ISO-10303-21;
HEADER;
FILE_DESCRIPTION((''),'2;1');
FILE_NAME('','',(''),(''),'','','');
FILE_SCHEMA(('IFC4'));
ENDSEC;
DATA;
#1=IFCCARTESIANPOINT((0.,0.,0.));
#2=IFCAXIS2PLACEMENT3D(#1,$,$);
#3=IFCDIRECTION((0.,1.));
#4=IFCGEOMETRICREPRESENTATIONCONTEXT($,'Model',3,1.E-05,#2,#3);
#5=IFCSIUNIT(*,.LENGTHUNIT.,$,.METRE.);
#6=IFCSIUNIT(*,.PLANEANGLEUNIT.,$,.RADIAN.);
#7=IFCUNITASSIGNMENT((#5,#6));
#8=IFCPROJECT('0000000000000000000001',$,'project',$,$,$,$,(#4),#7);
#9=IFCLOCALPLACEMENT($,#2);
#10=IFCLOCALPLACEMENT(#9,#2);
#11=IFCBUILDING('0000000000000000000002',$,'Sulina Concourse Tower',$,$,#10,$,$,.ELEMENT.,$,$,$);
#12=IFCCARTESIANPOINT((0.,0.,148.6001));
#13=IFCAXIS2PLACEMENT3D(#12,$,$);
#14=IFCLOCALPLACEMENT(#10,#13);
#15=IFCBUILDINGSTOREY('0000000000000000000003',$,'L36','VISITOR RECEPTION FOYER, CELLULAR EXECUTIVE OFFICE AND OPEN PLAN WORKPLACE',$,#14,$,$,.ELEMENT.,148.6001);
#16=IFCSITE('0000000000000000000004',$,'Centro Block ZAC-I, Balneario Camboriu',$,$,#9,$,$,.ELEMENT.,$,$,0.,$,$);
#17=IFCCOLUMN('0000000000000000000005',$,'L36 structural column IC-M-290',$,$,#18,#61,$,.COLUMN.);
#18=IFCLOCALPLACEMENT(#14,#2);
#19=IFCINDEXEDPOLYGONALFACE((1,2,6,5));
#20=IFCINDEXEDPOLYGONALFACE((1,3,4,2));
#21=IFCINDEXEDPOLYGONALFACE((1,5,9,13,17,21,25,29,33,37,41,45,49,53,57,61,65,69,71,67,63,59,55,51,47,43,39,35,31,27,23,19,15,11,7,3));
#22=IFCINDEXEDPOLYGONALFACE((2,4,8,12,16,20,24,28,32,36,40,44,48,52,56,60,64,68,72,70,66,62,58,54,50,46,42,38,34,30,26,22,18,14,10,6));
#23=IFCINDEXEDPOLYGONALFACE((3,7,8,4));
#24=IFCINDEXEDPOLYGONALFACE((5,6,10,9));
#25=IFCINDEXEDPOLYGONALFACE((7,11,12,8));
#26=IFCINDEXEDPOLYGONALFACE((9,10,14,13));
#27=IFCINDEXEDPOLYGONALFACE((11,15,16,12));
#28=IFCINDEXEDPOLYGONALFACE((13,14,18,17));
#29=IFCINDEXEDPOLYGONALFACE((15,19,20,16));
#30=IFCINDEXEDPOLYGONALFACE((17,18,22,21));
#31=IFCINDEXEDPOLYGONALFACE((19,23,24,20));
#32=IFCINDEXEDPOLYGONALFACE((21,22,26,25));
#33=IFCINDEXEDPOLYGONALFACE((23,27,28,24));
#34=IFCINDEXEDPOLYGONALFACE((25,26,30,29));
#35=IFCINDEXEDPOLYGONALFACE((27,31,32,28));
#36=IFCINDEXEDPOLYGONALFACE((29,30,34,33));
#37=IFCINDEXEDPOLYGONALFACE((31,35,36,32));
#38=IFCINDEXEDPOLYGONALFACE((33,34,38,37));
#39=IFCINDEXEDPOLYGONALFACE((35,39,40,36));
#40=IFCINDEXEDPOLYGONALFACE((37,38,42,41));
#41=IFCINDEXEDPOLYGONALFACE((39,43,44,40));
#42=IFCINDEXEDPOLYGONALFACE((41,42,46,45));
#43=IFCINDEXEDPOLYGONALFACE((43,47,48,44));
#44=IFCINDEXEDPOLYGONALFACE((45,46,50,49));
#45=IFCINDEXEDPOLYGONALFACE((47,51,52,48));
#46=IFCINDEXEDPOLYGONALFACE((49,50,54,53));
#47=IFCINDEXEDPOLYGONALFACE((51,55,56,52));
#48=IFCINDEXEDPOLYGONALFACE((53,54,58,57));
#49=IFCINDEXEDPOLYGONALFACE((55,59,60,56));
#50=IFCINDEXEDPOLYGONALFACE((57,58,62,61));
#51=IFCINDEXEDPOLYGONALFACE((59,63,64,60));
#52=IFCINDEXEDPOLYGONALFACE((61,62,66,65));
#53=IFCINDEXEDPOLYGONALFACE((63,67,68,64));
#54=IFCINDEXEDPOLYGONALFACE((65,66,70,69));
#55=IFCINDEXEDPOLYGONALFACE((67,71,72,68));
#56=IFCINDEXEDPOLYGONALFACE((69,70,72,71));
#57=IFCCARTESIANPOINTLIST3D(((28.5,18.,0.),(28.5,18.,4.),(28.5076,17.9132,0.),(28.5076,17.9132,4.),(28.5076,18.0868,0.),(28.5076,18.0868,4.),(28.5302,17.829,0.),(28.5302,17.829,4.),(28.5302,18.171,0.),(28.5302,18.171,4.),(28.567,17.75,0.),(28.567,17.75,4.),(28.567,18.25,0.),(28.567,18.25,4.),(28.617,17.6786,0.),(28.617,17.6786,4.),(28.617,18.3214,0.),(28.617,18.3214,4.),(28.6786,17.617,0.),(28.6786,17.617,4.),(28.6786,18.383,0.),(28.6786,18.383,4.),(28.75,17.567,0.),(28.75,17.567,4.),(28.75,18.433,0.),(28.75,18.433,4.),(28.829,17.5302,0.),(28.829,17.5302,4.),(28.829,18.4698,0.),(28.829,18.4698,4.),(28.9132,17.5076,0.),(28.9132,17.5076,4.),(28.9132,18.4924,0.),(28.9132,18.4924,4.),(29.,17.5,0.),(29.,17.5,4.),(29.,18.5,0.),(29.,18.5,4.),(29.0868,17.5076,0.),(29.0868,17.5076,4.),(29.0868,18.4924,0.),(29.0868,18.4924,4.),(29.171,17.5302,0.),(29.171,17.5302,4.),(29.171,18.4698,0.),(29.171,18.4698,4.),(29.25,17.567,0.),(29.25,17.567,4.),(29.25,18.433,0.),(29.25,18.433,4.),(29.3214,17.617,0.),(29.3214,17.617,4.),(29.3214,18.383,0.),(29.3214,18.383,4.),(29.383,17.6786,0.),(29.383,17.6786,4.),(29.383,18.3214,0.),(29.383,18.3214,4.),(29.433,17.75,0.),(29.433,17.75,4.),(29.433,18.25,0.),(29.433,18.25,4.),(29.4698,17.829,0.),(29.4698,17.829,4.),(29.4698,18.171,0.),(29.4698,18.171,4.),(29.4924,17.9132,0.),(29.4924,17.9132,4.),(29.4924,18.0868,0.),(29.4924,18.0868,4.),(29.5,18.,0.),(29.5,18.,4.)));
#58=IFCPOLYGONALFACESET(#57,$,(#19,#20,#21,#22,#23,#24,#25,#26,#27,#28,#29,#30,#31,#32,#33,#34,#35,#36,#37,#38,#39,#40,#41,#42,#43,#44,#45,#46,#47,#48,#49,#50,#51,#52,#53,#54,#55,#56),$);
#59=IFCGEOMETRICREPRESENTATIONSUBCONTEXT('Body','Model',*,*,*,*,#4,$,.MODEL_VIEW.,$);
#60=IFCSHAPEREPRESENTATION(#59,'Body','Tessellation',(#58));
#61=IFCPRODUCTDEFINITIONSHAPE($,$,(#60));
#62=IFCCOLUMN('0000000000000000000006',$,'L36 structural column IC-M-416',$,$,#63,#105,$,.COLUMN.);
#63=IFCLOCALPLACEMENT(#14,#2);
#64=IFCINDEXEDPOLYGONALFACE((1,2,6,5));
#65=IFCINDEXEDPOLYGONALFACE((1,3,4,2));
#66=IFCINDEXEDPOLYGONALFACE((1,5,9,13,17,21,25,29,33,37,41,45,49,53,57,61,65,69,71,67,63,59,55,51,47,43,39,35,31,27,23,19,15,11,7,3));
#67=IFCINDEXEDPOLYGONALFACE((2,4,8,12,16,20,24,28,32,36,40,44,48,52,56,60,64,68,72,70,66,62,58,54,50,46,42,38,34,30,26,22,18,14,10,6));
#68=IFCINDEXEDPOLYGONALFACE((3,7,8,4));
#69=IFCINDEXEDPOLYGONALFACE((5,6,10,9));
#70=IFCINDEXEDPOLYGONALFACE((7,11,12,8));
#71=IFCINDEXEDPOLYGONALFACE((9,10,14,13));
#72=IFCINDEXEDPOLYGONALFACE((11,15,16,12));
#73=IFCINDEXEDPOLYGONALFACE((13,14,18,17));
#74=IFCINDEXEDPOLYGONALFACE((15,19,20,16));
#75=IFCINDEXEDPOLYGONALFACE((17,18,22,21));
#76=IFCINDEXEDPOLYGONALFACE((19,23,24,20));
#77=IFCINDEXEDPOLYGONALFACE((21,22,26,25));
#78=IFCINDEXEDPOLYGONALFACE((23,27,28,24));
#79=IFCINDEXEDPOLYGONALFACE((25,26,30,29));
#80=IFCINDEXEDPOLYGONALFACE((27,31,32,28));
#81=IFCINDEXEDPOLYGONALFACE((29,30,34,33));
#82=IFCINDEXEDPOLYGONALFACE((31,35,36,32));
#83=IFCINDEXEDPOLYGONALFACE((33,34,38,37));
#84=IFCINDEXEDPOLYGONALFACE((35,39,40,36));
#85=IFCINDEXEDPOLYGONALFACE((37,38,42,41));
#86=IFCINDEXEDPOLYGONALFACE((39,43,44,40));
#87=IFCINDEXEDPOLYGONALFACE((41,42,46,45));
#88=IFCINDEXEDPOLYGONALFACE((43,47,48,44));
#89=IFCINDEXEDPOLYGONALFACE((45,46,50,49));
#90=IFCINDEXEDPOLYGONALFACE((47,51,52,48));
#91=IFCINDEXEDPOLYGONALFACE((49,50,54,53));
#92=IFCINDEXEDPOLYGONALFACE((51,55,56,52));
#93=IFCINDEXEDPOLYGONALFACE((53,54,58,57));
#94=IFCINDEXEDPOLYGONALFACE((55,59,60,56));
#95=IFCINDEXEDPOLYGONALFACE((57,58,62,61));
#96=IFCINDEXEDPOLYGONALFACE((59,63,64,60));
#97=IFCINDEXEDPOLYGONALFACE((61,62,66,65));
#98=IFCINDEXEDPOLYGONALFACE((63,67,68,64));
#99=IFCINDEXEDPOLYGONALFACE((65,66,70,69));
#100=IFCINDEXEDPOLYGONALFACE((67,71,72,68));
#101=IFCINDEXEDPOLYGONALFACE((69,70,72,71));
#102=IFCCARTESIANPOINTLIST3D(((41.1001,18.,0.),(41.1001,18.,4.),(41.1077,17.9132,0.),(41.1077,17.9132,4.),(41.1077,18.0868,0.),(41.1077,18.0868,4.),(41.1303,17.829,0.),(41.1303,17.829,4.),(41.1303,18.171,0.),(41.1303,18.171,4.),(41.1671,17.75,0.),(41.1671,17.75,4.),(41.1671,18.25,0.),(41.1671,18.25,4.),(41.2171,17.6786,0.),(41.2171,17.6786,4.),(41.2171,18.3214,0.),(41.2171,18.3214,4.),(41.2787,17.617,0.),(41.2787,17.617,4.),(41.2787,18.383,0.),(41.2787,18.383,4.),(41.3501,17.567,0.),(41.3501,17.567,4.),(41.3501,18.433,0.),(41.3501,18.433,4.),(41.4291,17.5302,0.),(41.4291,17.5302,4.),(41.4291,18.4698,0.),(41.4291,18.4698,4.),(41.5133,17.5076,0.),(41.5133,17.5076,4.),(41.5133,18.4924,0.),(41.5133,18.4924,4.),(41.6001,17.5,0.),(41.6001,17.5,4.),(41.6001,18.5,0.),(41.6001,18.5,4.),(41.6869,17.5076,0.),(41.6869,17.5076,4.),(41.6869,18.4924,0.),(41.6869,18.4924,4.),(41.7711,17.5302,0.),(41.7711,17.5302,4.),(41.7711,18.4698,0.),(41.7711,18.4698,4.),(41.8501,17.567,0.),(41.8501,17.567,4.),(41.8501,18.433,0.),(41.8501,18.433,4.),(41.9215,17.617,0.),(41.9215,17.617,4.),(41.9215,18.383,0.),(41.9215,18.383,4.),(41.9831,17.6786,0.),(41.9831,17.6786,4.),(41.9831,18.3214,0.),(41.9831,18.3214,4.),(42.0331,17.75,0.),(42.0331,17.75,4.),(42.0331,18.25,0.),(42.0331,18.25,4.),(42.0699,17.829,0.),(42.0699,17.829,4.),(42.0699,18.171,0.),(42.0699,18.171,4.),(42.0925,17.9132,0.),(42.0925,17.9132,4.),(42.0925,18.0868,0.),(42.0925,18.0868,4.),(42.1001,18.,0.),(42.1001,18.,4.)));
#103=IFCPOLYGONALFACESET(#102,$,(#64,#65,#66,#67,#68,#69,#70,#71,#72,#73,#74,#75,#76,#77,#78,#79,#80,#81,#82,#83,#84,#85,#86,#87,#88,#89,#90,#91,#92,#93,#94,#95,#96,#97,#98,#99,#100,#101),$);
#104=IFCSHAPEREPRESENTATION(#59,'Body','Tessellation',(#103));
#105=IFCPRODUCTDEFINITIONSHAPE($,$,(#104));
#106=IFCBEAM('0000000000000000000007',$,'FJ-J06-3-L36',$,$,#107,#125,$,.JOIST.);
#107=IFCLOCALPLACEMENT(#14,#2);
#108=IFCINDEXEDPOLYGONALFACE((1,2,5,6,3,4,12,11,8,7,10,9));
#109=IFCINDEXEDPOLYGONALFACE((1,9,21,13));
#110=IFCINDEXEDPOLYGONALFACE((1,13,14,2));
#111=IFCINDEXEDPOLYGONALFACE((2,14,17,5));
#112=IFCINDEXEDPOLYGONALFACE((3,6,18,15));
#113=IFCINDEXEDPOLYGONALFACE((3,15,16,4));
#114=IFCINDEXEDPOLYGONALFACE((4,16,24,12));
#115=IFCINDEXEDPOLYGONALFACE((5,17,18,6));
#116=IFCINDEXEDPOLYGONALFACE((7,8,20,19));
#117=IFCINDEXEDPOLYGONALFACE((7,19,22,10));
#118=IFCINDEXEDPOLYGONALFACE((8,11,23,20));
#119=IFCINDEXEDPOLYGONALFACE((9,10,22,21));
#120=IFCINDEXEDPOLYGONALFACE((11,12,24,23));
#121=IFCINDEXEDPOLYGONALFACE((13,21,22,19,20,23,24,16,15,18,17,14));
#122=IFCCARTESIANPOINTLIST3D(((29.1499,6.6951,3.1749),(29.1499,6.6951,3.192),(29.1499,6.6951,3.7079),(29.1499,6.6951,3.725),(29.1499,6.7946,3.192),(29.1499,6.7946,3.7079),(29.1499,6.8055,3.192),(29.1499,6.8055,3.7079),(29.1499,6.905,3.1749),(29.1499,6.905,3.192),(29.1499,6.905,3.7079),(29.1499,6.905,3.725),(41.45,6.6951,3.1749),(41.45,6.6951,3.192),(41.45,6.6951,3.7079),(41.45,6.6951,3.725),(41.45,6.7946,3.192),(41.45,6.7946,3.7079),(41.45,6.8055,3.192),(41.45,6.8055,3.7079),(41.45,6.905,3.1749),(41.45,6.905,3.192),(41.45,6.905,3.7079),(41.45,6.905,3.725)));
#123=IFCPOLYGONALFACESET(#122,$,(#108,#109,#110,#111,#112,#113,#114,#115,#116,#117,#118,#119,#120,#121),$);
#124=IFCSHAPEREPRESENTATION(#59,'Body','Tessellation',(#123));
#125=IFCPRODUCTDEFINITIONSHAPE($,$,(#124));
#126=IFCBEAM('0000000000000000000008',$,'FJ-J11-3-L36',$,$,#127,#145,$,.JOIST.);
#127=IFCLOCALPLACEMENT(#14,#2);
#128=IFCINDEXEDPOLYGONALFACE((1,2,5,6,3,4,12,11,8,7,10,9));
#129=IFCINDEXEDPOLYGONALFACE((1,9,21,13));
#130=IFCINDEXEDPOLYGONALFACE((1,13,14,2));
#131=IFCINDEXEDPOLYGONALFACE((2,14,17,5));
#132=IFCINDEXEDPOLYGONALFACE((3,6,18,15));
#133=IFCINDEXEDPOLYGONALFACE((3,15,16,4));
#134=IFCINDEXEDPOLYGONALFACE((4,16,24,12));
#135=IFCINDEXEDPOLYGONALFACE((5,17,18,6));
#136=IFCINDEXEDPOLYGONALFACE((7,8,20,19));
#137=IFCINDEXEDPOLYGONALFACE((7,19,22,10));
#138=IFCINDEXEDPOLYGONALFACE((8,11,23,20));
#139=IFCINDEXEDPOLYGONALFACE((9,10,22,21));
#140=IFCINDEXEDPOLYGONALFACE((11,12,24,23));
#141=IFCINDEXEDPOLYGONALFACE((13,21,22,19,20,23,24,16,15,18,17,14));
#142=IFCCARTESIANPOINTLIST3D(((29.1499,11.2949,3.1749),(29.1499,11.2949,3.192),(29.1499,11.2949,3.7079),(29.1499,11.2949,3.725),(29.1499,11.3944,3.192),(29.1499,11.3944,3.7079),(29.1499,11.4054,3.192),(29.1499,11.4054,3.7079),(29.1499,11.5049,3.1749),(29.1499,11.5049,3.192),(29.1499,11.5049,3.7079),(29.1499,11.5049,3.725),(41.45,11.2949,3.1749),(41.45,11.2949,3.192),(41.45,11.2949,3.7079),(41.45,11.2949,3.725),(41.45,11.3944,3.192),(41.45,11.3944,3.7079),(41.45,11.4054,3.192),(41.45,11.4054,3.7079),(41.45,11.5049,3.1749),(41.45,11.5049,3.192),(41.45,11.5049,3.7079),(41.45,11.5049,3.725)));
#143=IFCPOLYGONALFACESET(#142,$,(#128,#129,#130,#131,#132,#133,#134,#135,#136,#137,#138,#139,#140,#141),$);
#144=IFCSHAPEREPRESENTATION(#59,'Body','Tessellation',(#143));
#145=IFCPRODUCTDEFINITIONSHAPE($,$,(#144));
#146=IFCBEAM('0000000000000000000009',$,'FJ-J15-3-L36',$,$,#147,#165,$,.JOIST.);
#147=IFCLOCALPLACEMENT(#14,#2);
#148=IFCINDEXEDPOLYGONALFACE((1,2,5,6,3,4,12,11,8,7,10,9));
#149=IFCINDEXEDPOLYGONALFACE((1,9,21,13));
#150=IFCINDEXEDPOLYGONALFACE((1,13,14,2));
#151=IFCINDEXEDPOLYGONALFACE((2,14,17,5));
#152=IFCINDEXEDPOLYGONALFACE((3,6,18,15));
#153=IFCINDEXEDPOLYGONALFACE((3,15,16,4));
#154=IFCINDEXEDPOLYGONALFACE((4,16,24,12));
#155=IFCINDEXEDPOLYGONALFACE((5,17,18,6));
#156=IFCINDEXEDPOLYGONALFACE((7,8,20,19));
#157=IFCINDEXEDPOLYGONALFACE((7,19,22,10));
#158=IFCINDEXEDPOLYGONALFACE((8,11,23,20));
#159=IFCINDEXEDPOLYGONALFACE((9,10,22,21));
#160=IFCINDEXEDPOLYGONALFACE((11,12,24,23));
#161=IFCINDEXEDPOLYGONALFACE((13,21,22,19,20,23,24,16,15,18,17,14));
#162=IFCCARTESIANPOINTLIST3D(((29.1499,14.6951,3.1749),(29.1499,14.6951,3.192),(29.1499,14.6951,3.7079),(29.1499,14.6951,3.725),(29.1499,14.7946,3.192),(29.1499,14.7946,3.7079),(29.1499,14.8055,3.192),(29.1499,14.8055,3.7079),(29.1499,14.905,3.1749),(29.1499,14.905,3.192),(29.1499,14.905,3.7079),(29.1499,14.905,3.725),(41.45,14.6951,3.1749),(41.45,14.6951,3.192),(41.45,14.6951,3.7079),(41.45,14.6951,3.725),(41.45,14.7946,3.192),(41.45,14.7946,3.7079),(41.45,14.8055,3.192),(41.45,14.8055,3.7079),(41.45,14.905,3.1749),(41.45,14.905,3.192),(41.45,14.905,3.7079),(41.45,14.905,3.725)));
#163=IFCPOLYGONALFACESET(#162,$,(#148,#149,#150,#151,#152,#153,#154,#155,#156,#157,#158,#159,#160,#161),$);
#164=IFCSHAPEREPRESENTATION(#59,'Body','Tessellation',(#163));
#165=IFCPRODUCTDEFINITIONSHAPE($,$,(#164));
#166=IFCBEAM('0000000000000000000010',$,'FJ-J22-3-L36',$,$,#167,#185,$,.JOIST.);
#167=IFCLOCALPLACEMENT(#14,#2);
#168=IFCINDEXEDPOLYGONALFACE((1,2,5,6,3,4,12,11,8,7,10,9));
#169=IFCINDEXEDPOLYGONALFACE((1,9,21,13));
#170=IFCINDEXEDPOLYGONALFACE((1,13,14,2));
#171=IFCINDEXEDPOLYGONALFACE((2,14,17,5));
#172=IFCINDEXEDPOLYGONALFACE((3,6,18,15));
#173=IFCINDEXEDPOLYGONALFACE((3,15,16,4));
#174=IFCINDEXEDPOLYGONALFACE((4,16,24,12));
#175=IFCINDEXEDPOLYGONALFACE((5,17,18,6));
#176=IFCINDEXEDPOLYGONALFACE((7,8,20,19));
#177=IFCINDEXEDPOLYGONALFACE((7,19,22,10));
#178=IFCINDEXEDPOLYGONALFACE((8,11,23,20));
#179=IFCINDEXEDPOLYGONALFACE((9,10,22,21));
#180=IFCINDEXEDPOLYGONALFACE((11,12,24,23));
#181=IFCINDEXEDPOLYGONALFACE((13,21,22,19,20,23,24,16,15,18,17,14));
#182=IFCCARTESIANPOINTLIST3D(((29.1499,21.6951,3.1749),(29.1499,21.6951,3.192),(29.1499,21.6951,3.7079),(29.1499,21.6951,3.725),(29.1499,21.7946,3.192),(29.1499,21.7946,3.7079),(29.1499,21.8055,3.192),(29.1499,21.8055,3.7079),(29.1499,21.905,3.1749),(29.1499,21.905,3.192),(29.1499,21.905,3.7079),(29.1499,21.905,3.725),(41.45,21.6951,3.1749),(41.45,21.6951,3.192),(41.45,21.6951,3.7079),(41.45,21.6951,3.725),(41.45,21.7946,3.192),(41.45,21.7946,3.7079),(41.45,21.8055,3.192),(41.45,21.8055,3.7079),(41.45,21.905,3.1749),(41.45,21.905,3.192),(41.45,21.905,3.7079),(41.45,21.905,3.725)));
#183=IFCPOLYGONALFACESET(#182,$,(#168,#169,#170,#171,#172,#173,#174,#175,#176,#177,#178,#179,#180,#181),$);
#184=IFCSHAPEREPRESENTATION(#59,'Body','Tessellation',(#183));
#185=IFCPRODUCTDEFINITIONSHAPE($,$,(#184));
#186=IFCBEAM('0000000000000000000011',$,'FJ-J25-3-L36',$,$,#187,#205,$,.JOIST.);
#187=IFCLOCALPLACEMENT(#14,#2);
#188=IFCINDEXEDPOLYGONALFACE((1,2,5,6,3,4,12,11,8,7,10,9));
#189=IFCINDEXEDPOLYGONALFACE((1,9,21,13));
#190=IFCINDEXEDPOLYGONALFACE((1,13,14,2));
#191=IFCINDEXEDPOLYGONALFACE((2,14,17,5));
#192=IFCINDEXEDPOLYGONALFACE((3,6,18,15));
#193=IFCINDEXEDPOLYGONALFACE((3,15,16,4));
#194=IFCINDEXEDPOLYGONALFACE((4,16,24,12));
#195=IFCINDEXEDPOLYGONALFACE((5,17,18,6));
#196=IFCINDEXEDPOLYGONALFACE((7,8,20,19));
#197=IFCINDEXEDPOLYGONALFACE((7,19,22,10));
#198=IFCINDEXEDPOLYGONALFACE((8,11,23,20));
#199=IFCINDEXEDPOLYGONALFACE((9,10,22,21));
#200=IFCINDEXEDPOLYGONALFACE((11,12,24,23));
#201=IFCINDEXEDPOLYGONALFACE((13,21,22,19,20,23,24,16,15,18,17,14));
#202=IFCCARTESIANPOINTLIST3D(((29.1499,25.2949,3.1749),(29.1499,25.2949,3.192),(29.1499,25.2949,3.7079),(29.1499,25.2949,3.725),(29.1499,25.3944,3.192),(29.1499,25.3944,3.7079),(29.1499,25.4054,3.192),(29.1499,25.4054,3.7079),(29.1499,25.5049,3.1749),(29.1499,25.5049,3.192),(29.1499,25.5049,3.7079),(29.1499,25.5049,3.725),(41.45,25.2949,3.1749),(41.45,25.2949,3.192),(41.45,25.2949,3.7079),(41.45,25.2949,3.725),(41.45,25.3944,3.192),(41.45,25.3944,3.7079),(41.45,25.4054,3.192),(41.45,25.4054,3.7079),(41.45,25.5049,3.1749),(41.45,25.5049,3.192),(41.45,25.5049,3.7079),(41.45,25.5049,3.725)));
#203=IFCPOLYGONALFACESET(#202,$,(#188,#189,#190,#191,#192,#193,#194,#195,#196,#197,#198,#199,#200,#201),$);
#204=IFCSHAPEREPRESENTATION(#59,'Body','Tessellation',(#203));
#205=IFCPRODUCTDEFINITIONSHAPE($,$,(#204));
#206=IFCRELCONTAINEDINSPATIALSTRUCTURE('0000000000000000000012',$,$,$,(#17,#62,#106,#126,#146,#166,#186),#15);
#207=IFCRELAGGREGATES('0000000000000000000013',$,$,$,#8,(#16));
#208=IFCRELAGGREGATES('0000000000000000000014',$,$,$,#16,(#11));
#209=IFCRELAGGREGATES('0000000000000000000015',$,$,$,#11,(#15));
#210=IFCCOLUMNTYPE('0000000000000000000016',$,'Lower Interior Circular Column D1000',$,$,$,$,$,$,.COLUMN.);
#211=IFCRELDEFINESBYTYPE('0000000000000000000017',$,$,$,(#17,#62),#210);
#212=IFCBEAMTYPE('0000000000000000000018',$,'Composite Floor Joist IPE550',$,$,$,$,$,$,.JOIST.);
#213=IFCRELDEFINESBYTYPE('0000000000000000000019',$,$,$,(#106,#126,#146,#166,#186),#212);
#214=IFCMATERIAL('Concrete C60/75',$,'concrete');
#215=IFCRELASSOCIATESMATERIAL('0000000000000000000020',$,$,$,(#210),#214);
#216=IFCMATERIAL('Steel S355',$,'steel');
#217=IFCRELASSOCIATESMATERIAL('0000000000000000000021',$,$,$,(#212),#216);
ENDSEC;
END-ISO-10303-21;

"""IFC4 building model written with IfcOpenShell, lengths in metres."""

from ifc_helpers import new_model, si_unit, direction, frame, origin, origin_2d, place, context, subcontext, project, spatial, circle, i_section, extrude, material, material_profile, profile_set, type_object, element, save


model = new_model("IFC4")

# Units and contexts
model_context = context("Model", 3, precision=1e-05, world=origin(), true_north=direction((0.0, 1.0)))
body_context = subcontext(model_context, "Body", "Model", "MODEL_VIEW")
ifc_project = project(units=[si_unit("LENGTHUNIT", "METRE"), si_unit("PLANEANGLEUNIT", "RADIAN")], contexts=[model_context])

# Site, building, storey
site_placement = place(None, origin())
site = spatial("IfcSite", under=ifc_project, at=site_placement, Name="Centro Block ZAC-I, Balneario Camboriu", CompositionType="ELEMENT", RefElevation=0.0)
building_placement = place(site_placement, origin())
building = spatial("IfcBuilding", under=site, at=building_placement, Name="Sulina Concourse Tower", CompositionType="ELEMENT")
storey_placement = place(building_placement, frame((0.0, 0.0, 148.6001)))
storey = spatial("IfcBuildingStorey", under=building, at=storey_placement, Name="L36", Description="VISITOR RECEPTION FOYER, CELLULAR EXECUTIVE OFFICE AND OPEN PLAN WORKPLACE", CompositionType="ELEMENT", Elevation=148.6001)

# Columns
ifc_material_1 = material(Name="Concrete C60/75", Category="concrete")
ifc_material_profile_1 = material_profile(ifc_material_1, circle(Radius=0.5, at=origin_2d()), Name="RC D1000")
ifc_profile_set_1 = profile_set([ifc_material_profile_1], Name="Concrete C60/75")
column_type = type_object("IfcColumnType", Name="Lower Interior Circular Column D1000", PredefinedType="COLUMN", material=ifc_profile_set_1)
for number, where, z_axis, x_axis, name in (
    (1, (29.0, 18.0, 0.0), (0.0, 0.0, 1.0), (1.0, 0.0, 0.0), "L36 structural column IC-M-290"),
    (2, (41.6001, 18.0, 0.0), (0.0, 0.0, 1.0), (1.0, 0.0, 0.0), "L36 structural column IC-M-416"),
):
    element("IfcColumn", number, at=place(storey_placement, frame(where, z_axis=z_axis, x_axis=x_axis)), inside=storey, type_object=column_type, Name=name, PredefinedType="COLUMN", context=body_context, shape_type="SweptSolid", body=[
        extrude(circle(Radius=0.5, at=origin_2d()), origin(), (0.0, 0.0, 1.0), 4.0),
    ])

# Beams
ifc_material_2 = material(Name="Steel S355", Category="steel")
ifc_material_profile_2 = material_profile(ifc_material_2, i_section(OverallWidth=0.21, OverallDepth=0.55, WebThickness=0.011, FlangeThickness=0.0171, at=origin_2d()), Name="IPE 550")
ifc_profile_set_2 = profile_set([ifc_material_profile_2], Name="Steel S355")
beam_type_1 = type_object("IfcBeamType", Name="Composite Floor Joist IPE550", PredefinedType="JOIST", material=ifc_profile_set_2)
for number, where, z_axis, x_axis, name in (
    (3, (29.1499, 6.8, 3.45), (1.0, 0.0, 0.0), (0.0, 1.0, 0.0), "FJ-J06-3-L36"),
    (4, (29.1499, 11.3999, 3.45), (1.0, 0.0, 0.0), (0.0, 1.0, 0.0), "FJ-J11-3-L36"),
    (5, (29.1499, 14.8, 3.45), (1.0, 0.0, 0.0), (0.0, 1.0, 0.0), "FJ-J15-3-L36"),
    (6, (29.1499, 21.8, 3.45), (1.0, 0.0, 0.0), (0.0, 1.0, 0.0), "FJ-J22-3-L36"),
    (7, (29.1499, 25.3999, 3.45), (1.0, 0.0, 0.0), (0.0, 1.0, 0.0), "FJ-J25-3-L36"),
):
    element("IfcBeam", number, at=place(storey_placement, frame(where, z_axis=z_axis, x_axis=x_axis)), inside=storey, type_object=beam_type_1, Name=name, PredefinedType="JOIST", context=body_context, shape_type="SweptSolid", body=[
        extrude(i_section(OverallWidth=0.21, OverallDepth=0.55, WebThickness=0.011, FlangeThickness=0.0171, at=origin_2d()), origin(), (0.0, 0.0, 1.0), 12.3),
    ])

save(model, "model.ifc")
